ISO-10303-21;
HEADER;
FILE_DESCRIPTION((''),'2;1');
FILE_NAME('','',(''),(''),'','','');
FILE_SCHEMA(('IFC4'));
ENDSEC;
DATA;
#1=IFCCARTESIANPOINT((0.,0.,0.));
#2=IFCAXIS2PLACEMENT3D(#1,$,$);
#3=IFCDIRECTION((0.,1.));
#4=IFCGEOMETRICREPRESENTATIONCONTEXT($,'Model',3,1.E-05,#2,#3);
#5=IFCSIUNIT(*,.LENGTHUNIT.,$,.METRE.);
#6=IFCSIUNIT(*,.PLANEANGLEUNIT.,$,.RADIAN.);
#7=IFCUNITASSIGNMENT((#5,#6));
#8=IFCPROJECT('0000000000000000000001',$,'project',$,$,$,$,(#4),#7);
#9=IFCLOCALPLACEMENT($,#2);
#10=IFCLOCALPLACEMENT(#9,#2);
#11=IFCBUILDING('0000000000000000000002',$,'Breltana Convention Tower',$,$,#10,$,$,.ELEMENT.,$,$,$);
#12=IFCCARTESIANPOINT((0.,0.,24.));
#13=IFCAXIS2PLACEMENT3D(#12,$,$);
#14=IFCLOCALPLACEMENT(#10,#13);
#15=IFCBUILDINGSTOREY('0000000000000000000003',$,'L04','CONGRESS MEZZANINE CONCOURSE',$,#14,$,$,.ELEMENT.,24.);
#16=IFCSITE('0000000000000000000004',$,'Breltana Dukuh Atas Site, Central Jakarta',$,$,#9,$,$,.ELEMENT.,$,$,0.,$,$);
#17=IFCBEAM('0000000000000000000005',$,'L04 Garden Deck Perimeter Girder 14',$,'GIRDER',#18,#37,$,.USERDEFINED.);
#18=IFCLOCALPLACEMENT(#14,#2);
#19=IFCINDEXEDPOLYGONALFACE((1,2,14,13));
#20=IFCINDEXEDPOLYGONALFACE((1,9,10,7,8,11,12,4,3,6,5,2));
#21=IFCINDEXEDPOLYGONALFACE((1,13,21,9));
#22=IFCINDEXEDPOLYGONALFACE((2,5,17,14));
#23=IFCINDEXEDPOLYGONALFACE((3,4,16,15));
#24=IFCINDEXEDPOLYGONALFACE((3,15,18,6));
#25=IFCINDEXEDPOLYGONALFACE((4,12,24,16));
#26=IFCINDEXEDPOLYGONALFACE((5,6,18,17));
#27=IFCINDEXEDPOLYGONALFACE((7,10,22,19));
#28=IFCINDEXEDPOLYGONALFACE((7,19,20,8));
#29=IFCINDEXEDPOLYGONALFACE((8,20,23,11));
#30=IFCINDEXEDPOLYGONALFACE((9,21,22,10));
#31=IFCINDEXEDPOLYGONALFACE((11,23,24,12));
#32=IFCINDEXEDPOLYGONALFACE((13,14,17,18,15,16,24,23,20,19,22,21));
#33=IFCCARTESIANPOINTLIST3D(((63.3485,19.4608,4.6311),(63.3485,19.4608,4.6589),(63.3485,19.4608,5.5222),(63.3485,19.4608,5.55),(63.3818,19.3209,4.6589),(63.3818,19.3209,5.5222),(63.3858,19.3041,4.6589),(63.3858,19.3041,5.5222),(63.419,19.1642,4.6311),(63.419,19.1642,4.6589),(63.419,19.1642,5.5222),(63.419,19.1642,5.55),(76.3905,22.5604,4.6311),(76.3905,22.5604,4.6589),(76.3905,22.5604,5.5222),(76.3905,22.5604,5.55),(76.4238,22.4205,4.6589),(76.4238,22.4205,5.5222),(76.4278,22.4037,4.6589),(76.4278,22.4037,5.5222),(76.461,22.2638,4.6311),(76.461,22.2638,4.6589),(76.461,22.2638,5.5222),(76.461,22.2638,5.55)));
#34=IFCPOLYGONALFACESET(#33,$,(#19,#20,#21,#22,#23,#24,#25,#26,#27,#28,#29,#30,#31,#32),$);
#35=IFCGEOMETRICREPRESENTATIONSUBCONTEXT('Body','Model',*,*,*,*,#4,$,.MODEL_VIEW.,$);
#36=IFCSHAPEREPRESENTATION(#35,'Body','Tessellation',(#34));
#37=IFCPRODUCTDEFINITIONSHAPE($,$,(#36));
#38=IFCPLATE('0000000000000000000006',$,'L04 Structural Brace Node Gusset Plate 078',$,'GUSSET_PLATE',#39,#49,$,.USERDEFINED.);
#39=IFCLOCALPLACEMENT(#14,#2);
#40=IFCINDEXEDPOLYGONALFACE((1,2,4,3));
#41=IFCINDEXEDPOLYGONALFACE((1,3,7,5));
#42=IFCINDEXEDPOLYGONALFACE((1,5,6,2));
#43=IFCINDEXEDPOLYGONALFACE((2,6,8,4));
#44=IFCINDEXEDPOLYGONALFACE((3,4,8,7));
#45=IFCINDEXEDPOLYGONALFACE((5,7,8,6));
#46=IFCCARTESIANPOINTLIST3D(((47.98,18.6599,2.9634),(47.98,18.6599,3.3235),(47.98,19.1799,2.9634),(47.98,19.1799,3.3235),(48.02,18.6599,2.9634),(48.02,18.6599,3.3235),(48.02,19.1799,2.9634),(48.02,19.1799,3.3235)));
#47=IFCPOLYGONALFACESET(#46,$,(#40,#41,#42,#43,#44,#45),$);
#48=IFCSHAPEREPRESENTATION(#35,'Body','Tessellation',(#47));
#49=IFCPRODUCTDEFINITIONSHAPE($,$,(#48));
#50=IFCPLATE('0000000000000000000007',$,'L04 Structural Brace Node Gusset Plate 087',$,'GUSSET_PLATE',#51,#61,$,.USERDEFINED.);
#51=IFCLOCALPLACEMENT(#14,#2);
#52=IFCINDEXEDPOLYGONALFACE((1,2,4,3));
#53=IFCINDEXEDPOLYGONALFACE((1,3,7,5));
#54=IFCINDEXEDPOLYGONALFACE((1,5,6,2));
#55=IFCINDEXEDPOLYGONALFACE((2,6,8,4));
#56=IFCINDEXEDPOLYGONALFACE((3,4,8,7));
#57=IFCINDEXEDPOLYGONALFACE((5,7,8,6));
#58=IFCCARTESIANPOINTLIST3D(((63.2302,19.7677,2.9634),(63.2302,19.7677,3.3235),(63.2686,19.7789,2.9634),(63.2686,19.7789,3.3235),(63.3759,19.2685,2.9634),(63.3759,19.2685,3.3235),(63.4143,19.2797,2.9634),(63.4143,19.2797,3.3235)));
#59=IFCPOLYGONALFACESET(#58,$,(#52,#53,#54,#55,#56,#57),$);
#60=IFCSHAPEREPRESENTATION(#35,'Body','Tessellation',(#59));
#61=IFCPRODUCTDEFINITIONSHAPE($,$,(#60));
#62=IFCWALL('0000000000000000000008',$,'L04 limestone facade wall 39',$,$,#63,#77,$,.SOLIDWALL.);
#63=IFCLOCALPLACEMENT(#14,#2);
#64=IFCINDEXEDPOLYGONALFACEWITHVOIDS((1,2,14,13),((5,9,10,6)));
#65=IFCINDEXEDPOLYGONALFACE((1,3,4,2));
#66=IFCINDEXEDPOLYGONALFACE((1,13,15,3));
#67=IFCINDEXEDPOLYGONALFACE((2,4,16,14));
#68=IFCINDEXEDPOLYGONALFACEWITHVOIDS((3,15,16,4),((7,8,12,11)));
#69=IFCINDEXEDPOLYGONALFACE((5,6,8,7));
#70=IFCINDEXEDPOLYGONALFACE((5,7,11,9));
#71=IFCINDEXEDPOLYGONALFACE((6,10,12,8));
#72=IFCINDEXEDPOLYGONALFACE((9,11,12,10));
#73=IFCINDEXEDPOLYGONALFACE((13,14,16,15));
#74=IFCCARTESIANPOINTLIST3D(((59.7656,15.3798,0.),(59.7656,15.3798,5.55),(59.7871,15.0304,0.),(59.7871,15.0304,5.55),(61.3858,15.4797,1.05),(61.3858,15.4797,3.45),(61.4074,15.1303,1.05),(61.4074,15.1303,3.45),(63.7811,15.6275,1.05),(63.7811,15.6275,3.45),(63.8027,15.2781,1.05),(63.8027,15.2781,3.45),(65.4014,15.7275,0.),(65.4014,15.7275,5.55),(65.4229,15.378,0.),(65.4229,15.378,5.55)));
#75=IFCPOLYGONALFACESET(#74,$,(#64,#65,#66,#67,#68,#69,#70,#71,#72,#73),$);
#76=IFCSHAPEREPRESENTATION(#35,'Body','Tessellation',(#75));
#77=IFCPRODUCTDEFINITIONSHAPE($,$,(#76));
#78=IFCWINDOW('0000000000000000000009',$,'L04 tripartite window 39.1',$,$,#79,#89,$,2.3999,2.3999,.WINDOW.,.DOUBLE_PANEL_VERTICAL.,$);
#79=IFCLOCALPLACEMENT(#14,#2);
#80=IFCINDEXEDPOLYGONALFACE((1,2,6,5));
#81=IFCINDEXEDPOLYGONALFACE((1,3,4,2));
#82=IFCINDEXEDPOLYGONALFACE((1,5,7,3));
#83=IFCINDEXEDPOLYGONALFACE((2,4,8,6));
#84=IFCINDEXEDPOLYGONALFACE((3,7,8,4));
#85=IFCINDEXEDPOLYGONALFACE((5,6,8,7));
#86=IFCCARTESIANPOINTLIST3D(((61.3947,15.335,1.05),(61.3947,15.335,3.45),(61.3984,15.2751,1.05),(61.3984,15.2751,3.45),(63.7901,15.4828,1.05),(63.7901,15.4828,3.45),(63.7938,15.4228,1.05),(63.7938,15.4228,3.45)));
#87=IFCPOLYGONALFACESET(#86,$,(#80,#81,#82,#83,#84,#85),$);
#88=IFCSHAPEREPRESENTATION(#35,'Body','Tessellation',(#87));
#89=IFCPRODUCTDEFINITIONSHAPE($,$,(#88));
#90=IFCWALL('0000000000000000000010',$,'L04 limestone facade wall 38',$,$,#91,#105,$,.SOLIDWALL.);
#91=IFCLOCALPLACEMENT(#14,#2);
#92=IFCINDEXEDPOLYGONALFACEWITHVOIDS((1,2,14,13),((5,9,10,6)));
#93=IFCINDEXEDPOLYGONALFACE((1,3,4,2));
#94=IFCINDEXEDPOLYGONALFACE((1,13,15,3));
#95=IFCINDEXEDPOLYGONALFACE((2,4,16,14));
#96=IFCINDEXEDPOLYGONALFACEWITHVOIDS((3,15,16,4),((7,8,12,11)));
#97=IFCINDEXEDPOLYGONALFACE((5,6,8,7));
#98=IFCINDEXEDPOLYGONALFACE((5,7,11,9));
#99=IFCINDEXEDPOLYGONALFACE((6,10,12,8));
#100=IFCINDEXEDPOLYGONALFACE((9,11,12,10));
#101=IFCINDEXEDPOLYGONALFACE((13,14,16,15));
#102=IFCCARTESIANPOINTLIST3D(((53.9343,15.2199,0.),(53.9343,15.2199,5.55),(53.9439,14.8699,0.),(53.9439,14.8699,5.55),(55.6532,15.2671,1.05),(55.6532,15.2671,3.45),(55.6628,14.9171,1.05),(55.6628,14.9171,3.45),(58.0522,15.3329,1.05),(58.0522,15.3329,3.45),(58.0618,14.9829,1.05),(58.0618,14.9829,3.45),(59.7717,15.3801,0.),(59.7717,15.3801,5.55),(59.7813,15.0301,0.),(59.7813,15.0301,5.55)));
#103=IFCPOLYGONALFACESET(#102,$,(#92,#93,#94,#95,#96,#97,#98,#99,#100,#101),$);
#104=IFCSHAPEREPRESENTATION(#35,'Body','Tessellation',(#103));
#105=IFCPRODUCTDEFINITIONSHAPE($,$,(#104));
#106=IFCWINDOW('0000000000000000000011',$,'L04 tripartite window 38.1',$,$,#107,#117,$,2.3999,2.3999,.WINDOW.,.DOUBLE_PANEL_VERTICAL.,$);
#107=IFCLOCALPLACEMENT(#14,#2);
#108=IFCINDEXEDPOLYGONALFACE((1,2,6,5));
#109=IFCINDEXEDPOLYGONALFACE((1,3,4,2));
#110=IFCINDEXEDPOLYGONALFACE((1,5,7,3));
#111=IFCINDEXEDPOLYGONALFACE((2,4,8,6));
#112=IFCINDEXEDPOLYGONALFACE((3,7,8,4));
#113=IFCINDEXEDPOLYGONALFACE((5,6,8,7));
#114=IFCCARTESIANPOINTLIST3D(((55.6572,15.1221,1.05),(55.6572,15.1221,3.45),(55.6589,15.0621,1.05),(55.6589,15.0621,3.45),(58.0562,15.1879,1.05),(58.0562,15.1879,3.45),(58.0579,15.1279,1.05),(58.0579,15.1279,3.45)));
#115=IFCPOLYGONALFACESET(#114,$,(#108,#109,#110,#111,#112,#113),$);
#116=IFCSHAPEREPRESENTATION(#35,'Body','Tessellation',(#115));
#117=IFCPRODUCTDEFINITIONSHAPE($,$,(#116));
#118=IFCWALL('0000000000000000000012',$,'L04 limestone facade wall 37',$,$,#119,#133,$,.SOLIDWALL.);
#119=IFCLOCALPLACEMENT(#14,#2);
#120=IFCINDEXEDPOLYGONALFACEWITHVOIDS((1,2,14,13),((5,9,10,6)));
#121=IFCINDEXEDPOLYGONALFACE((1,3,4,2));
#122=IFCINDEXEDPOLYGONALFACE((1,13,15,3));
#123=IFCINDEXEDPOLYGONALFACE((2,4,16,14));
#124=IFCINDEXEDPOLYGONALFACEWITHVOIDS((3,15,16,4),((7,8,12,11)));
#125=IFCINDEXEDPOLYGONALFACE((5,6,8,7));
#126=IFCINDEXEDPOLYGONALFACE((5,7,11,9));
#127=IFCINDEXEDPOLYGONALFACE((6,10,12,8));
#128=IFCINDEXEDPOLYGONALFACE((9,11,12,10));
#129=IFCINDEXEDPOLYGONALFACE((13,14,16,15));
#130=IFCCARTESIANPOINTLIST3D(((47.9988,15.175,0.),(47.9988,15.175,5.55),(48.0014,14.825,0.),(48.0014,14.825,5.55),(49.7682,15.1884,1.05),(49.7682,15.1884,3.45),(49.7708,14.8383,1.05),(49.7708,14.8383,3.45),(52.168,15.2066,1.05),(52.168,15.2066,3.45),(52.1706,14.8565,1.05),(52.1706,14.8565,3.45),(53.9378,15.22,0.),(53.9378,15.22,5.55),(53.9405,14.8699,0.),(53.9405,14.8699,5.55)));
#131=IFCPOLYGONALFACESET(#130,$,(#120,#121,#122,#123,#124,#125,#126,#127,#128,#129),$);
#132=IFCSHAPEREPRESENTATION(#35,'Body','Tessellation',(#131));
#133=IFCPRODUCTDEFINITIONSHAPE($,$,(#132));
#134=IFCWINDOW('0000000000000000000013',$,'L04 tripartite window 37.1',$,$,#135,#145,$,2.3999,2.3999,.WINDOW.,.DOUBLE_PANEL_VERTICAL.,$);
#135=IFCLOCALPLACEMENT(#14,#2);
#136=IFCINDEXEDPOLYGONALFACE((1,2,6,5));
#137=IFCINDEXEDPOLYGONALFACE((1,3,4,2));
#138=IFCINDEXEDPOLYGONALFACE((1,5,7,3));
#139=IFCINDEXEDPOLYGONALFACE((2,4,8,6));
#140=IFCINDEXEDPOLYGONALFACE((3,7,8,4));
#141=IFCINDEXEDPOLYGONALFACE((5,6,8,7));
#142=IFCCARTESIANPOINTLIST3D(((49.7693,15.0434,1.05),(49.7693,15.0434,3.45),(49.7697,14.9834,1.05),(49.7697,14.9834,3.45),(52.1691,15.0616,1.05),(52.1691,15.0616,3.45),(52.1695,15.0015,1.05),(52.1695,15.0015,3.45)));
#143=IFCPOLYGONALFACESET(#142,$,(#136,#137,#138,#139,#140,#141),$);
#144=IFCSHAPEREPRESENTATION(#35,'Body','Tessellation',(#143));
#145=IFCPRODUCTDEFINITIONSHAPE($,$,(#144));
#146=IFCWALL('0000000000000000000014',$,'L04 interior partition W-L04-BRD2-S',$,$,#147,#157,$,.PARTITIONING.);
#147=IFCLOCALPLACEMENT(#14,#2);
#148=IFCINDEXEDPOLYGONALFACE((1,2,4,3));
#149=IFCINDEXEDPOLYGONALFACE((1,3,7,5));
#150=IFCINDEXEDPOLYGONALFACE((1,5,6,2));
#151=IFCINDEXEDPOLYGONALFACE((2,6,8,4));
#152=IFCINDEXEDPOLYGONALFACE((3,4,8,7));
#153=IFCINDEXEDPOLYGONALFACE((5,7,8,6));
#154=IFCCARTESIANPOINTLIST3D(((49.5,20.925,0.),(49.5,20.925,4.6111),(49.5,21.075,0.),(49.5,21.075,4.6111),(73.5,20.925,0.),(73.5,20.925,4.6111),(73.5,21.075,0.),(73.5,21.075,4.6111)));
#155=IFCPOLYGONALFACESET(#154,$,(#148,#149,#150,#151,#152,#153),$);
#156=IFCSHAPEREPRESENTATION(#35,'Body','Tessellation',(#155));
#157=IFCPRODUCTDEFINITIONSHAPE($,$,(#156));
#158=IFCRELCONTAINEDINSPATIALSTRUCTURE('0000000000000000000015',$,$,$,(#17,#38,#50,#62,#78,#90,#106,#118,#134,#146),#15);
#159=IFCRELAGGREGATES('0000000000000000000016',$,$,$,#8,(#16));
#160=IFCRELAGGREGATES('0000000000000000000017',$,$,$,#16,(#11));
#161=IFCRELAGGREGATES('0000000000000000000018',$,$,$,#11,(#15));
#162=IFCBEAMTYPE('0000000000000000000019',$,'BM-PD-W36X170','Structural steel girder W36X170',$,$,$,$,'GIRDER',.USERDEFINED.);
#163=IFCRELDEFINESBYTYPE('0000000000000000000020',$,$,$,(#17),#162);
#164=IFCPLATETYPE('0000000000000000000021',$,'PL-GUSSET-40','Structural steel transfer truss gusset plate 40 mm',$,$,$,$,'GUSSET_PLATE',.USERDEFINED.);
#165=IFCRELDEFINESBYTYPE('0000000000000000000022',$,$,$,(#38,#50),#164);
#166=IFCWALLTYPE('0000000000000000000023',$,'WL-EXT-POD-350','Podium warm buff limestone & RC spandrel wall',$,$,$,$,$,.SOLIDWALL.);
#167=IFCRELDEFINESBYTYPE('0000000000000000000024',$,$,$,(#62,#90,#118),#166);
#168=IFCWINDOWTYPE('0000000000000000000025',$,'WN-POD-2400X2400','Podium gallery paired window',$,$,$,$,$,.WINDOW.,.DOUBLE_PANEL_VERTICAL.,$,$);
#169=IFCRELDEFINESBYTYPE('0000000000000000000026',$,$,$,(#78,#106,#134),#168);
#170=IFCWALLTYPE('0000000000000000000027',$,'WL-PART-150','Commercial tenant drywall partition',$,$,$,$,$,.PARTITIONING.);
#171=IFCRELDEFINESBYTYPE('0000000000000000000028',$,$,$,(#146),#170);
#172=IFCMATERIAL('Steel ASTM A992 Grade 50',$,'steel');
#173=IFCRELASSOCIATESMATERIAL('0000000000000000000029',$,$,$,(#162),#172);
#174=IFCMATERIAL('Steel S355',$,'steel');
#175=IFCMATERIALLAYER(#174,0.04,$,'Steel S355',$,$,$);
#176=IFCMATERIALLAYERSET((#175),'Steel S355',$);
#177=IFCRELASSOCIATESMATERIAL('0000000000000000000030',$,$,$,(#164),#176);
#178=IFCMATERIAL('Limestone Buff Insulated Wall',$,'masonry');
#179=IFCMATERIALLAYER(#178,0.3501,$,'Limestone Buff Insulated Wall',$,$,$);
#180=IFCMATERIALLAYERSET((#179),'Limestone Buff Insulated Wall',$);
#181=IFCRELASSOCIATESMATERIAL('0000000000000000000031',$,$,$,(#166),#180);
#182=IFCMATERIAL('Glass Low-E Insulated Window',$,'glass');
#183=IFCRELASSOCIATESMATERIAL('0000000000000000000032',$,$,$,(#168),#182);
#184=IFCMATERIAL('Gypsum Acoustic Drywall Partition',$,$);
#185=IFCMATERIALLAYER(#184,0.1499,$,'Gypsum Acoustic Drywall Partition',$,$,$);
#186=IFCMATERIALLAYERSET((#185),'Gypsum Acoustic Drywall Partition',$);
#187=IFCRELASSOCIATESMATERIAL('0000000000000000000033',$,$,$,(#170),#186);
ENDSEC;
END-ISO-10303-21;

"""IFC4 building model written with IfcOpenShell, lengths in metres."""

from ifc_helpers import new_model, si_unit, direction, frame, frame_2d, origin, origin_2d, place, context, subcontext, project, spatial, rectangle, i_section, extrude, source, transform, mapped, material, layer, layer_set, material_profile, profile_set, type_object, type_shapes, element, fill, save


model = new_model("IFC4")

# Units and contexts
model_context = context("Model", 3, precision=1e-05, world=origin(), true_north=direction((0.0, 1.0)))
body_context = subcontext(model_context, "Body", "Model", "MODEL_VIEW")
ifc_project = project(units=[si_unit("LENGTHUNIT", "METRE"), si_unit("PLANEANGLEUNIT", "RADIAN")], contexts=[model_context])

# Site, building, storey
site_placement = place(None, origin())
site = spatial("IfcSite", under=ifc_project, at=site_placement, Name="Breltana Dukuh Atas Site, Central Jakarta", CompositionType="ELEMENT", RefElevation=0.0)
building_placement = place(site_placement, origin())
building = spatial("IfcBuilding", under=site, at=building_placement, Name="Breltana Convention Tower", CompositionType="ELEMENT")
storey_placement = place(building_placement, frame((0.0, 0.0, 24.0)))
storey = spatial("IfcBuildingStorey", under=building, at=storey_placement, Name="L04", Description="CONGRESS MEZZANINE CONCOURSE", CompositionType="ELEMENT", Elevation=24.0)

# Shared definitions
ifc_material_1 = material(Name="Steel ASTM A992 Grade 50", Category="steel")

# Beam
ifc_material_profile_1 = material_profile(ifc_material_1, i_section(OverallWidth=0.3049, OverallDepth=0.9189, WebThickness=0.0173, FlangeThickness=0.0278, at=origin_2d()), Name="W36X170")
ifc_profile_set_1 = profile_set([ifc_material_profile_1], Name="Steel ASTM A992 Grade 50")
beam_type_1 = type_object("IfcBeamType", Name="BM-PD-W36X170", Description="Structural steel girder W36X170", ElementType="GIRDER", PredefinedType="USERDEFINED", material=ifc_profile_set_1)
shared_shape_1 = source(origin(), body_context, "Body", "SweptSolid", [
    extrude(i_section(OverallWidth=0.3049, OverallDepth=0.9189, WebThickness=0.0173, FlangeThickness=0.0278, at=origin_2d()), origin(), (0.0, 0.0, 1.0), 13.4053),
])
beam_1_placement = place(storey_placement, frame((63.3838, 19.3125, 5.0906), z_axis=(0.972901, 0.231223, 0.0), x_axis=(-0.231223, 0.972901, 0.0)))
element("IfcBeam", 1, at=beam_1_placement, inside=storey, type_object=beam_type_1, Name="L04 Garden Deck Perimeter Girder 14", ObjectType="GIRDER", PredefinedType="USERDEFINED", context=body_context, shape_type="MappedRepresentation", body=[
    mapped(shared_shape_1, transform((0.0, 0.0, 0.0), scale=1.0)),
])

# Plates
ifc_material_2 = material(Name="Steel S355", Category="steel")
ifc_layer_1 = layer(ifc_material_2, 0.04, Name="Steel S355")
ifc_layer_set_1 = layer_set([ifc_layer_1], Name="Steel S355")
plate_type = type_object("IfcPlateType", Name="PL-GUSSET-40", Description="Structural steel transfer truss gusset plate 40 mm", ElementType="GUSSET_PLATE", PredefinedType="USERDEFINED", material=ifc_layer_set_1)
shared_shape_2 = source(origin(), body_context, "Body", "SweptSolid", [
    extrude(rectangle(XDim=0.52, YDim=0.04, at=origin_2d()), origin(), (0.0, 0.0, 1.0), 0.3601),
])
for number, where, z_axis, x_axis, name in (
    (2, (48.0, 18.9199, 2.9634), (0.0, 0.0, 1.0), (0.0, 1.0, 0.0), "L04 Structural Brace Node Gusset Plate 078"),
    (3, (63.3223, 19.5237, 2.9634), (0.0, 0.0, 1.0), (-0.280164, 0.959952, 0.0), "L04 Structural Brace Node Gusset Plate 087"),
):
    element("IfcPlate", number, at=place(storey_placement, frame(where, z_axis=z_axis, x_axis=x_axis)), inside=storey, type_object=plate_type, Name=name, ObjectType="GUSSET_PLATE", PredefinedType="USERDEFINED", context=body_context, shape_type="MappedRepresentation", body=[
        mapped(shared_shape_2, transform((0.0, 0.0, 0.0), scale=1.0)),
    ])

# Walls, openings, windows
ifc_material_3 = material(Name="Limestone Buff Insulated Wall", Category="masonry")
ifc_layer_2 = layer(ifc_material_3, 0.3501, Name="Limestone Buff Insulated Wall")
ifc_layer_set_2 = layer_set([ifc_layer_2], Name="Limestone Buff Insulated Wall")
wall_type_1 = type_object("IfcWallType", Name="WL-EXT-POD-350", Description="Podium warm buff limestone & RC spandrel wall", PredefinedType="SOLIDWALL", material=ifc_layer_set_2)
shared_shape_3 = source(origin(), body_context, "Body", "SweptSolid", [
    extrude(rectangle(XDim=5.6465, YDim=0.3501, at=frame_2d((2.8232, 0.0))), origin(), (0.0, 0.0, 1.0), 5.55),
])
wall_1_placement = place(storey_placement, frame((59.7764, 15.2051, 0.0), z_axis=(0.0, 0.0, 1.0), x_axis=(0.998103, 0.061571, 0.0)))
wall_1 = element("IfcWall", 4, at=wall_1_placement, inside=storey, type_object=wall_type_1, Name="L04 limestone facade wall 39", PredefinedType="SOLIDWALL", context=body_context, shape_type="MappedRepresentation", body=[
    mapped(shared_shape_3, transform((0.0, 0.0, 0.0), scale=1.0)),
])
opening_1_placement = place(wall_1_placement, frame((1.6233, 0.0, 1.05)))
opening_1 = element("IfcOpeningElement", 5, at=opening_1_placement, cuts=wall_1, PredefinedType="OPENING", context=body_context, shape_type="SweptSolid", body=[
    extrude(rectangle(XDim=2.3999, YDim=2.3999, at=frame_2d((1.2, 1.2))), frame((0.0, 0.1851, 0.0), z_axis=(0.0, -1.0, 0.0), x_axis=(1.0, 0.0, 0.0)), (0.0, 0.0, 1.0), 0.3701),
])
ifc_material_4 = material(Name="Glass Low-E Insulated Window", Category="glass")
window_type = type_object("IfcWindowType", Name="WN-POD-2400X2400", Description="Podium gallery paired window", PartitioningType="DOUBLE_PANEL_VERTICAL", PredefinedType="WINDOW", material=ifc_material_4)
shared_shape_4 = source(origin(), body_context, "Body", "SweptSolid", [
    extrude(rectangle(XDim=2.3999, YDim=2.3999, at=frame_2d((1.2, 1.2))), frame((0.0, 0.03, 0.0), z_axis=(0.0, -1.0, 0.0), x_axis=(1.0, 0.0, 0.0)), (0.0, 0.0, 1.0), 0.0601),
])
type_shapes(window_type, [shared_shape_4])
window_1_placement = place(opening_1_placement, origin())
window_1 = element("IfcWindow", 6, at=window_1_placement, inside=storey, type_object=window_type, Name="L04 tripartite window 39.1", OverallHeight=2.3999, OverallWidth=2.3999, PartitioningType="DOUBLE_PANEL_VERTICAL", PredefinedType="WINDOW", context=body_context, shape_type="MappedRepresentation", body=[
    mapped(shared_shape_4, transform((0.0, 0.0, 0.0), scale=1.0)),
])
fill(opening_1, window_1)
shared_shape_5 = source(origin(), body_context, "Body", "SweptSolid", [
    extrude(rectangle(XDim=5.8396, YDim=0.3501, at=frame_2d((2.9199, 0.0))), origin(), (0.0, 0.0, 1.0), 5.55),
])
wall_2_placement = place(storey_placement, frame((53.939, 15.0449, 0.0), z_axis=(0.0, 0.0, 1.0), x_axis=(0.999624, 0.027426, 0.0)))
wall_2 = element("IfcWall", 7, at=wall_2_placement, inside=storey, type_object=wall_type_1, Name="L04 limestone facade wall 38", PredefinedType="SOLIDWALL", context=body_context, shape_type="MappedRepresentation", body=[
    mapped(shared_shape_5, transform((0.0, 0.0, 0.0), scale=1.0)),
])
opening_2_placement = place(wall_2_placement, frame((1.7197, 0.0, 1.05)))
opening_2 = element("IfcOpeningElement", 8, at=opening_2_placement, cuts=wall_2, PredefinedType="OPENING", context=body_context, shape_type="SweptSolid", body=[
    extrude(rectangle(XDim=2.3999, YDim=2.3999, at=frame_2d((1.2, 1.2))), frame((0.0, 0.1851, 0.0), z_axis=(0.0, -1.0, 0.0), x_axis=(1.0, 0.0, 0.0)), (0.0, 0.0, 1.0), 0.3701),
])
window_2_placement = place(opening_2_placement, origin())
window_2 = element("IfcWindow", 9, at=window_2_placement, inside=storey, type_object=window_type, Name="L04 tripartite window 38.1", OverallHeight=2.3999, OverallWidth=2.3999, PartitioningType="DOUBLE_PANEL_VERTICAL", PredefinedType="WINDOW", context=body_context, shape_type="MappedRepresentation", body=[
    mapped(shared_shape_4, transform((0.0, 0.0, 0.0), scale=1.0)),
])
fill(opening_2, window_2)
shared_shape_6 = source(origin(), body_context, "Body", "SweptSolid", [
    extrude(rectangle(XDim=5.9392, YDim=0.3501, at=frame_2d((2.9697, 0.0))), origin(), (0.0, 0.0, 1.0), 5.55),
])
wall_3_placement = place(storey_placement, frame((48.0, 15.0, 0.0), z_axis=(0.0, 0.0, 1.0), x_axis=(0.999971, 0.007564, 0.0)))
wall_3 = element("IfcWall", 10, at=wall_3_placement, inside=storey, type_object=wall_type_1, Name="L04 limestone facade wall 37", PredefinedType="SOLIDWALL", context=body_context, shape_type="MappedRepresentation", body=[
    mapped(shared_shape_6, transform((0.0, 0.0, 0.0), scale=1.0)),
])
opening_3_placement = place(wall_3_placement, frame((1.7695, 0.0, 1.05)))
opening_3 = element("IfcOpeningElement", 11, at=opening_3_placement, cuts=wall_3, PredefinedType="OPENING", context=body_context, shape_type="SweptSolid", body=[
    extrude(rectangle(XDim=2.3999, YDim=2.3999, at=frame_2d((1.2, 1.2))), frame((0.0, 0.1851, 0.0), z_axis=(0.0, -1.0, 0.0), x_axis=(1.0, 0.0, 0.0)), (0.0, 0.0, 1.0), 0.3701),
])
window_3_placement = place(opening_3_placement, origin())
window_3 = element("IfcWindow", 12, at=window_3_placement, inside=storey, type_object=window_type, Name="L04 tripartite window 37.1", OverallHeight=2.3999, OverallWidth=2.3999, PartitioningType="DOUBLE_PANEL_VERTICAL", PredefinedType="WINDOW", context=body_context, shape_type="MappedRepresentation", body=[
    mapped(shared_shape_4, transform((0.0, 0.0, 0.0), scale=1.0)),
])
fill(opening_3, window_3)

# Wall
ifc_material_5 = material(Name="Gypsum Acoustic Drywall Partition")
ifc_layer_3 = layer(ifc_material_5, 0.1499, Name="Gypsum Acoustic Drywall Partition")
ifc_layer_set_3 = layer_set([ifc_layer_3], Name="Gypsum Acoustic Drywall Partition")
wall_type_2 = type_object("IfcWallType", Name="WL-PART-150", Description="Commercial tenant drywall partition", PredefinedType="PARTITIONING", material=ifc_layer_set_3)
shared_shape_7 = source(origin(), body_context, "Body", "SweptSolid", [
    extrude(rectangle(XDim=24.0, YDim=0.1499, at=frame_2d((12.0, 0.0))), origin(), (0.0, 0.0, 1.0), 4.6111),
])
wall_4_placement = place(storey_placement, frame((49.5, 21.0, 0.0), z_axis=(0.0, 0.0, 1.0), x_axis=(1.0, 0.0, 0.0)))
element("IfcWall", 13, at=wall_4_placement, inside=storey, type_object=wall_type_2, Name="L04 interior partition W-L04-BRD2-S", PredefinedType="PARTITIONING", context=body_context, shape_type="MappedRepresentation", body=[
    mapped(shared_shape_7, transform((0.0, 0.0, 0.0), scale=1.0)),
])

save(model, "model.ifc")
